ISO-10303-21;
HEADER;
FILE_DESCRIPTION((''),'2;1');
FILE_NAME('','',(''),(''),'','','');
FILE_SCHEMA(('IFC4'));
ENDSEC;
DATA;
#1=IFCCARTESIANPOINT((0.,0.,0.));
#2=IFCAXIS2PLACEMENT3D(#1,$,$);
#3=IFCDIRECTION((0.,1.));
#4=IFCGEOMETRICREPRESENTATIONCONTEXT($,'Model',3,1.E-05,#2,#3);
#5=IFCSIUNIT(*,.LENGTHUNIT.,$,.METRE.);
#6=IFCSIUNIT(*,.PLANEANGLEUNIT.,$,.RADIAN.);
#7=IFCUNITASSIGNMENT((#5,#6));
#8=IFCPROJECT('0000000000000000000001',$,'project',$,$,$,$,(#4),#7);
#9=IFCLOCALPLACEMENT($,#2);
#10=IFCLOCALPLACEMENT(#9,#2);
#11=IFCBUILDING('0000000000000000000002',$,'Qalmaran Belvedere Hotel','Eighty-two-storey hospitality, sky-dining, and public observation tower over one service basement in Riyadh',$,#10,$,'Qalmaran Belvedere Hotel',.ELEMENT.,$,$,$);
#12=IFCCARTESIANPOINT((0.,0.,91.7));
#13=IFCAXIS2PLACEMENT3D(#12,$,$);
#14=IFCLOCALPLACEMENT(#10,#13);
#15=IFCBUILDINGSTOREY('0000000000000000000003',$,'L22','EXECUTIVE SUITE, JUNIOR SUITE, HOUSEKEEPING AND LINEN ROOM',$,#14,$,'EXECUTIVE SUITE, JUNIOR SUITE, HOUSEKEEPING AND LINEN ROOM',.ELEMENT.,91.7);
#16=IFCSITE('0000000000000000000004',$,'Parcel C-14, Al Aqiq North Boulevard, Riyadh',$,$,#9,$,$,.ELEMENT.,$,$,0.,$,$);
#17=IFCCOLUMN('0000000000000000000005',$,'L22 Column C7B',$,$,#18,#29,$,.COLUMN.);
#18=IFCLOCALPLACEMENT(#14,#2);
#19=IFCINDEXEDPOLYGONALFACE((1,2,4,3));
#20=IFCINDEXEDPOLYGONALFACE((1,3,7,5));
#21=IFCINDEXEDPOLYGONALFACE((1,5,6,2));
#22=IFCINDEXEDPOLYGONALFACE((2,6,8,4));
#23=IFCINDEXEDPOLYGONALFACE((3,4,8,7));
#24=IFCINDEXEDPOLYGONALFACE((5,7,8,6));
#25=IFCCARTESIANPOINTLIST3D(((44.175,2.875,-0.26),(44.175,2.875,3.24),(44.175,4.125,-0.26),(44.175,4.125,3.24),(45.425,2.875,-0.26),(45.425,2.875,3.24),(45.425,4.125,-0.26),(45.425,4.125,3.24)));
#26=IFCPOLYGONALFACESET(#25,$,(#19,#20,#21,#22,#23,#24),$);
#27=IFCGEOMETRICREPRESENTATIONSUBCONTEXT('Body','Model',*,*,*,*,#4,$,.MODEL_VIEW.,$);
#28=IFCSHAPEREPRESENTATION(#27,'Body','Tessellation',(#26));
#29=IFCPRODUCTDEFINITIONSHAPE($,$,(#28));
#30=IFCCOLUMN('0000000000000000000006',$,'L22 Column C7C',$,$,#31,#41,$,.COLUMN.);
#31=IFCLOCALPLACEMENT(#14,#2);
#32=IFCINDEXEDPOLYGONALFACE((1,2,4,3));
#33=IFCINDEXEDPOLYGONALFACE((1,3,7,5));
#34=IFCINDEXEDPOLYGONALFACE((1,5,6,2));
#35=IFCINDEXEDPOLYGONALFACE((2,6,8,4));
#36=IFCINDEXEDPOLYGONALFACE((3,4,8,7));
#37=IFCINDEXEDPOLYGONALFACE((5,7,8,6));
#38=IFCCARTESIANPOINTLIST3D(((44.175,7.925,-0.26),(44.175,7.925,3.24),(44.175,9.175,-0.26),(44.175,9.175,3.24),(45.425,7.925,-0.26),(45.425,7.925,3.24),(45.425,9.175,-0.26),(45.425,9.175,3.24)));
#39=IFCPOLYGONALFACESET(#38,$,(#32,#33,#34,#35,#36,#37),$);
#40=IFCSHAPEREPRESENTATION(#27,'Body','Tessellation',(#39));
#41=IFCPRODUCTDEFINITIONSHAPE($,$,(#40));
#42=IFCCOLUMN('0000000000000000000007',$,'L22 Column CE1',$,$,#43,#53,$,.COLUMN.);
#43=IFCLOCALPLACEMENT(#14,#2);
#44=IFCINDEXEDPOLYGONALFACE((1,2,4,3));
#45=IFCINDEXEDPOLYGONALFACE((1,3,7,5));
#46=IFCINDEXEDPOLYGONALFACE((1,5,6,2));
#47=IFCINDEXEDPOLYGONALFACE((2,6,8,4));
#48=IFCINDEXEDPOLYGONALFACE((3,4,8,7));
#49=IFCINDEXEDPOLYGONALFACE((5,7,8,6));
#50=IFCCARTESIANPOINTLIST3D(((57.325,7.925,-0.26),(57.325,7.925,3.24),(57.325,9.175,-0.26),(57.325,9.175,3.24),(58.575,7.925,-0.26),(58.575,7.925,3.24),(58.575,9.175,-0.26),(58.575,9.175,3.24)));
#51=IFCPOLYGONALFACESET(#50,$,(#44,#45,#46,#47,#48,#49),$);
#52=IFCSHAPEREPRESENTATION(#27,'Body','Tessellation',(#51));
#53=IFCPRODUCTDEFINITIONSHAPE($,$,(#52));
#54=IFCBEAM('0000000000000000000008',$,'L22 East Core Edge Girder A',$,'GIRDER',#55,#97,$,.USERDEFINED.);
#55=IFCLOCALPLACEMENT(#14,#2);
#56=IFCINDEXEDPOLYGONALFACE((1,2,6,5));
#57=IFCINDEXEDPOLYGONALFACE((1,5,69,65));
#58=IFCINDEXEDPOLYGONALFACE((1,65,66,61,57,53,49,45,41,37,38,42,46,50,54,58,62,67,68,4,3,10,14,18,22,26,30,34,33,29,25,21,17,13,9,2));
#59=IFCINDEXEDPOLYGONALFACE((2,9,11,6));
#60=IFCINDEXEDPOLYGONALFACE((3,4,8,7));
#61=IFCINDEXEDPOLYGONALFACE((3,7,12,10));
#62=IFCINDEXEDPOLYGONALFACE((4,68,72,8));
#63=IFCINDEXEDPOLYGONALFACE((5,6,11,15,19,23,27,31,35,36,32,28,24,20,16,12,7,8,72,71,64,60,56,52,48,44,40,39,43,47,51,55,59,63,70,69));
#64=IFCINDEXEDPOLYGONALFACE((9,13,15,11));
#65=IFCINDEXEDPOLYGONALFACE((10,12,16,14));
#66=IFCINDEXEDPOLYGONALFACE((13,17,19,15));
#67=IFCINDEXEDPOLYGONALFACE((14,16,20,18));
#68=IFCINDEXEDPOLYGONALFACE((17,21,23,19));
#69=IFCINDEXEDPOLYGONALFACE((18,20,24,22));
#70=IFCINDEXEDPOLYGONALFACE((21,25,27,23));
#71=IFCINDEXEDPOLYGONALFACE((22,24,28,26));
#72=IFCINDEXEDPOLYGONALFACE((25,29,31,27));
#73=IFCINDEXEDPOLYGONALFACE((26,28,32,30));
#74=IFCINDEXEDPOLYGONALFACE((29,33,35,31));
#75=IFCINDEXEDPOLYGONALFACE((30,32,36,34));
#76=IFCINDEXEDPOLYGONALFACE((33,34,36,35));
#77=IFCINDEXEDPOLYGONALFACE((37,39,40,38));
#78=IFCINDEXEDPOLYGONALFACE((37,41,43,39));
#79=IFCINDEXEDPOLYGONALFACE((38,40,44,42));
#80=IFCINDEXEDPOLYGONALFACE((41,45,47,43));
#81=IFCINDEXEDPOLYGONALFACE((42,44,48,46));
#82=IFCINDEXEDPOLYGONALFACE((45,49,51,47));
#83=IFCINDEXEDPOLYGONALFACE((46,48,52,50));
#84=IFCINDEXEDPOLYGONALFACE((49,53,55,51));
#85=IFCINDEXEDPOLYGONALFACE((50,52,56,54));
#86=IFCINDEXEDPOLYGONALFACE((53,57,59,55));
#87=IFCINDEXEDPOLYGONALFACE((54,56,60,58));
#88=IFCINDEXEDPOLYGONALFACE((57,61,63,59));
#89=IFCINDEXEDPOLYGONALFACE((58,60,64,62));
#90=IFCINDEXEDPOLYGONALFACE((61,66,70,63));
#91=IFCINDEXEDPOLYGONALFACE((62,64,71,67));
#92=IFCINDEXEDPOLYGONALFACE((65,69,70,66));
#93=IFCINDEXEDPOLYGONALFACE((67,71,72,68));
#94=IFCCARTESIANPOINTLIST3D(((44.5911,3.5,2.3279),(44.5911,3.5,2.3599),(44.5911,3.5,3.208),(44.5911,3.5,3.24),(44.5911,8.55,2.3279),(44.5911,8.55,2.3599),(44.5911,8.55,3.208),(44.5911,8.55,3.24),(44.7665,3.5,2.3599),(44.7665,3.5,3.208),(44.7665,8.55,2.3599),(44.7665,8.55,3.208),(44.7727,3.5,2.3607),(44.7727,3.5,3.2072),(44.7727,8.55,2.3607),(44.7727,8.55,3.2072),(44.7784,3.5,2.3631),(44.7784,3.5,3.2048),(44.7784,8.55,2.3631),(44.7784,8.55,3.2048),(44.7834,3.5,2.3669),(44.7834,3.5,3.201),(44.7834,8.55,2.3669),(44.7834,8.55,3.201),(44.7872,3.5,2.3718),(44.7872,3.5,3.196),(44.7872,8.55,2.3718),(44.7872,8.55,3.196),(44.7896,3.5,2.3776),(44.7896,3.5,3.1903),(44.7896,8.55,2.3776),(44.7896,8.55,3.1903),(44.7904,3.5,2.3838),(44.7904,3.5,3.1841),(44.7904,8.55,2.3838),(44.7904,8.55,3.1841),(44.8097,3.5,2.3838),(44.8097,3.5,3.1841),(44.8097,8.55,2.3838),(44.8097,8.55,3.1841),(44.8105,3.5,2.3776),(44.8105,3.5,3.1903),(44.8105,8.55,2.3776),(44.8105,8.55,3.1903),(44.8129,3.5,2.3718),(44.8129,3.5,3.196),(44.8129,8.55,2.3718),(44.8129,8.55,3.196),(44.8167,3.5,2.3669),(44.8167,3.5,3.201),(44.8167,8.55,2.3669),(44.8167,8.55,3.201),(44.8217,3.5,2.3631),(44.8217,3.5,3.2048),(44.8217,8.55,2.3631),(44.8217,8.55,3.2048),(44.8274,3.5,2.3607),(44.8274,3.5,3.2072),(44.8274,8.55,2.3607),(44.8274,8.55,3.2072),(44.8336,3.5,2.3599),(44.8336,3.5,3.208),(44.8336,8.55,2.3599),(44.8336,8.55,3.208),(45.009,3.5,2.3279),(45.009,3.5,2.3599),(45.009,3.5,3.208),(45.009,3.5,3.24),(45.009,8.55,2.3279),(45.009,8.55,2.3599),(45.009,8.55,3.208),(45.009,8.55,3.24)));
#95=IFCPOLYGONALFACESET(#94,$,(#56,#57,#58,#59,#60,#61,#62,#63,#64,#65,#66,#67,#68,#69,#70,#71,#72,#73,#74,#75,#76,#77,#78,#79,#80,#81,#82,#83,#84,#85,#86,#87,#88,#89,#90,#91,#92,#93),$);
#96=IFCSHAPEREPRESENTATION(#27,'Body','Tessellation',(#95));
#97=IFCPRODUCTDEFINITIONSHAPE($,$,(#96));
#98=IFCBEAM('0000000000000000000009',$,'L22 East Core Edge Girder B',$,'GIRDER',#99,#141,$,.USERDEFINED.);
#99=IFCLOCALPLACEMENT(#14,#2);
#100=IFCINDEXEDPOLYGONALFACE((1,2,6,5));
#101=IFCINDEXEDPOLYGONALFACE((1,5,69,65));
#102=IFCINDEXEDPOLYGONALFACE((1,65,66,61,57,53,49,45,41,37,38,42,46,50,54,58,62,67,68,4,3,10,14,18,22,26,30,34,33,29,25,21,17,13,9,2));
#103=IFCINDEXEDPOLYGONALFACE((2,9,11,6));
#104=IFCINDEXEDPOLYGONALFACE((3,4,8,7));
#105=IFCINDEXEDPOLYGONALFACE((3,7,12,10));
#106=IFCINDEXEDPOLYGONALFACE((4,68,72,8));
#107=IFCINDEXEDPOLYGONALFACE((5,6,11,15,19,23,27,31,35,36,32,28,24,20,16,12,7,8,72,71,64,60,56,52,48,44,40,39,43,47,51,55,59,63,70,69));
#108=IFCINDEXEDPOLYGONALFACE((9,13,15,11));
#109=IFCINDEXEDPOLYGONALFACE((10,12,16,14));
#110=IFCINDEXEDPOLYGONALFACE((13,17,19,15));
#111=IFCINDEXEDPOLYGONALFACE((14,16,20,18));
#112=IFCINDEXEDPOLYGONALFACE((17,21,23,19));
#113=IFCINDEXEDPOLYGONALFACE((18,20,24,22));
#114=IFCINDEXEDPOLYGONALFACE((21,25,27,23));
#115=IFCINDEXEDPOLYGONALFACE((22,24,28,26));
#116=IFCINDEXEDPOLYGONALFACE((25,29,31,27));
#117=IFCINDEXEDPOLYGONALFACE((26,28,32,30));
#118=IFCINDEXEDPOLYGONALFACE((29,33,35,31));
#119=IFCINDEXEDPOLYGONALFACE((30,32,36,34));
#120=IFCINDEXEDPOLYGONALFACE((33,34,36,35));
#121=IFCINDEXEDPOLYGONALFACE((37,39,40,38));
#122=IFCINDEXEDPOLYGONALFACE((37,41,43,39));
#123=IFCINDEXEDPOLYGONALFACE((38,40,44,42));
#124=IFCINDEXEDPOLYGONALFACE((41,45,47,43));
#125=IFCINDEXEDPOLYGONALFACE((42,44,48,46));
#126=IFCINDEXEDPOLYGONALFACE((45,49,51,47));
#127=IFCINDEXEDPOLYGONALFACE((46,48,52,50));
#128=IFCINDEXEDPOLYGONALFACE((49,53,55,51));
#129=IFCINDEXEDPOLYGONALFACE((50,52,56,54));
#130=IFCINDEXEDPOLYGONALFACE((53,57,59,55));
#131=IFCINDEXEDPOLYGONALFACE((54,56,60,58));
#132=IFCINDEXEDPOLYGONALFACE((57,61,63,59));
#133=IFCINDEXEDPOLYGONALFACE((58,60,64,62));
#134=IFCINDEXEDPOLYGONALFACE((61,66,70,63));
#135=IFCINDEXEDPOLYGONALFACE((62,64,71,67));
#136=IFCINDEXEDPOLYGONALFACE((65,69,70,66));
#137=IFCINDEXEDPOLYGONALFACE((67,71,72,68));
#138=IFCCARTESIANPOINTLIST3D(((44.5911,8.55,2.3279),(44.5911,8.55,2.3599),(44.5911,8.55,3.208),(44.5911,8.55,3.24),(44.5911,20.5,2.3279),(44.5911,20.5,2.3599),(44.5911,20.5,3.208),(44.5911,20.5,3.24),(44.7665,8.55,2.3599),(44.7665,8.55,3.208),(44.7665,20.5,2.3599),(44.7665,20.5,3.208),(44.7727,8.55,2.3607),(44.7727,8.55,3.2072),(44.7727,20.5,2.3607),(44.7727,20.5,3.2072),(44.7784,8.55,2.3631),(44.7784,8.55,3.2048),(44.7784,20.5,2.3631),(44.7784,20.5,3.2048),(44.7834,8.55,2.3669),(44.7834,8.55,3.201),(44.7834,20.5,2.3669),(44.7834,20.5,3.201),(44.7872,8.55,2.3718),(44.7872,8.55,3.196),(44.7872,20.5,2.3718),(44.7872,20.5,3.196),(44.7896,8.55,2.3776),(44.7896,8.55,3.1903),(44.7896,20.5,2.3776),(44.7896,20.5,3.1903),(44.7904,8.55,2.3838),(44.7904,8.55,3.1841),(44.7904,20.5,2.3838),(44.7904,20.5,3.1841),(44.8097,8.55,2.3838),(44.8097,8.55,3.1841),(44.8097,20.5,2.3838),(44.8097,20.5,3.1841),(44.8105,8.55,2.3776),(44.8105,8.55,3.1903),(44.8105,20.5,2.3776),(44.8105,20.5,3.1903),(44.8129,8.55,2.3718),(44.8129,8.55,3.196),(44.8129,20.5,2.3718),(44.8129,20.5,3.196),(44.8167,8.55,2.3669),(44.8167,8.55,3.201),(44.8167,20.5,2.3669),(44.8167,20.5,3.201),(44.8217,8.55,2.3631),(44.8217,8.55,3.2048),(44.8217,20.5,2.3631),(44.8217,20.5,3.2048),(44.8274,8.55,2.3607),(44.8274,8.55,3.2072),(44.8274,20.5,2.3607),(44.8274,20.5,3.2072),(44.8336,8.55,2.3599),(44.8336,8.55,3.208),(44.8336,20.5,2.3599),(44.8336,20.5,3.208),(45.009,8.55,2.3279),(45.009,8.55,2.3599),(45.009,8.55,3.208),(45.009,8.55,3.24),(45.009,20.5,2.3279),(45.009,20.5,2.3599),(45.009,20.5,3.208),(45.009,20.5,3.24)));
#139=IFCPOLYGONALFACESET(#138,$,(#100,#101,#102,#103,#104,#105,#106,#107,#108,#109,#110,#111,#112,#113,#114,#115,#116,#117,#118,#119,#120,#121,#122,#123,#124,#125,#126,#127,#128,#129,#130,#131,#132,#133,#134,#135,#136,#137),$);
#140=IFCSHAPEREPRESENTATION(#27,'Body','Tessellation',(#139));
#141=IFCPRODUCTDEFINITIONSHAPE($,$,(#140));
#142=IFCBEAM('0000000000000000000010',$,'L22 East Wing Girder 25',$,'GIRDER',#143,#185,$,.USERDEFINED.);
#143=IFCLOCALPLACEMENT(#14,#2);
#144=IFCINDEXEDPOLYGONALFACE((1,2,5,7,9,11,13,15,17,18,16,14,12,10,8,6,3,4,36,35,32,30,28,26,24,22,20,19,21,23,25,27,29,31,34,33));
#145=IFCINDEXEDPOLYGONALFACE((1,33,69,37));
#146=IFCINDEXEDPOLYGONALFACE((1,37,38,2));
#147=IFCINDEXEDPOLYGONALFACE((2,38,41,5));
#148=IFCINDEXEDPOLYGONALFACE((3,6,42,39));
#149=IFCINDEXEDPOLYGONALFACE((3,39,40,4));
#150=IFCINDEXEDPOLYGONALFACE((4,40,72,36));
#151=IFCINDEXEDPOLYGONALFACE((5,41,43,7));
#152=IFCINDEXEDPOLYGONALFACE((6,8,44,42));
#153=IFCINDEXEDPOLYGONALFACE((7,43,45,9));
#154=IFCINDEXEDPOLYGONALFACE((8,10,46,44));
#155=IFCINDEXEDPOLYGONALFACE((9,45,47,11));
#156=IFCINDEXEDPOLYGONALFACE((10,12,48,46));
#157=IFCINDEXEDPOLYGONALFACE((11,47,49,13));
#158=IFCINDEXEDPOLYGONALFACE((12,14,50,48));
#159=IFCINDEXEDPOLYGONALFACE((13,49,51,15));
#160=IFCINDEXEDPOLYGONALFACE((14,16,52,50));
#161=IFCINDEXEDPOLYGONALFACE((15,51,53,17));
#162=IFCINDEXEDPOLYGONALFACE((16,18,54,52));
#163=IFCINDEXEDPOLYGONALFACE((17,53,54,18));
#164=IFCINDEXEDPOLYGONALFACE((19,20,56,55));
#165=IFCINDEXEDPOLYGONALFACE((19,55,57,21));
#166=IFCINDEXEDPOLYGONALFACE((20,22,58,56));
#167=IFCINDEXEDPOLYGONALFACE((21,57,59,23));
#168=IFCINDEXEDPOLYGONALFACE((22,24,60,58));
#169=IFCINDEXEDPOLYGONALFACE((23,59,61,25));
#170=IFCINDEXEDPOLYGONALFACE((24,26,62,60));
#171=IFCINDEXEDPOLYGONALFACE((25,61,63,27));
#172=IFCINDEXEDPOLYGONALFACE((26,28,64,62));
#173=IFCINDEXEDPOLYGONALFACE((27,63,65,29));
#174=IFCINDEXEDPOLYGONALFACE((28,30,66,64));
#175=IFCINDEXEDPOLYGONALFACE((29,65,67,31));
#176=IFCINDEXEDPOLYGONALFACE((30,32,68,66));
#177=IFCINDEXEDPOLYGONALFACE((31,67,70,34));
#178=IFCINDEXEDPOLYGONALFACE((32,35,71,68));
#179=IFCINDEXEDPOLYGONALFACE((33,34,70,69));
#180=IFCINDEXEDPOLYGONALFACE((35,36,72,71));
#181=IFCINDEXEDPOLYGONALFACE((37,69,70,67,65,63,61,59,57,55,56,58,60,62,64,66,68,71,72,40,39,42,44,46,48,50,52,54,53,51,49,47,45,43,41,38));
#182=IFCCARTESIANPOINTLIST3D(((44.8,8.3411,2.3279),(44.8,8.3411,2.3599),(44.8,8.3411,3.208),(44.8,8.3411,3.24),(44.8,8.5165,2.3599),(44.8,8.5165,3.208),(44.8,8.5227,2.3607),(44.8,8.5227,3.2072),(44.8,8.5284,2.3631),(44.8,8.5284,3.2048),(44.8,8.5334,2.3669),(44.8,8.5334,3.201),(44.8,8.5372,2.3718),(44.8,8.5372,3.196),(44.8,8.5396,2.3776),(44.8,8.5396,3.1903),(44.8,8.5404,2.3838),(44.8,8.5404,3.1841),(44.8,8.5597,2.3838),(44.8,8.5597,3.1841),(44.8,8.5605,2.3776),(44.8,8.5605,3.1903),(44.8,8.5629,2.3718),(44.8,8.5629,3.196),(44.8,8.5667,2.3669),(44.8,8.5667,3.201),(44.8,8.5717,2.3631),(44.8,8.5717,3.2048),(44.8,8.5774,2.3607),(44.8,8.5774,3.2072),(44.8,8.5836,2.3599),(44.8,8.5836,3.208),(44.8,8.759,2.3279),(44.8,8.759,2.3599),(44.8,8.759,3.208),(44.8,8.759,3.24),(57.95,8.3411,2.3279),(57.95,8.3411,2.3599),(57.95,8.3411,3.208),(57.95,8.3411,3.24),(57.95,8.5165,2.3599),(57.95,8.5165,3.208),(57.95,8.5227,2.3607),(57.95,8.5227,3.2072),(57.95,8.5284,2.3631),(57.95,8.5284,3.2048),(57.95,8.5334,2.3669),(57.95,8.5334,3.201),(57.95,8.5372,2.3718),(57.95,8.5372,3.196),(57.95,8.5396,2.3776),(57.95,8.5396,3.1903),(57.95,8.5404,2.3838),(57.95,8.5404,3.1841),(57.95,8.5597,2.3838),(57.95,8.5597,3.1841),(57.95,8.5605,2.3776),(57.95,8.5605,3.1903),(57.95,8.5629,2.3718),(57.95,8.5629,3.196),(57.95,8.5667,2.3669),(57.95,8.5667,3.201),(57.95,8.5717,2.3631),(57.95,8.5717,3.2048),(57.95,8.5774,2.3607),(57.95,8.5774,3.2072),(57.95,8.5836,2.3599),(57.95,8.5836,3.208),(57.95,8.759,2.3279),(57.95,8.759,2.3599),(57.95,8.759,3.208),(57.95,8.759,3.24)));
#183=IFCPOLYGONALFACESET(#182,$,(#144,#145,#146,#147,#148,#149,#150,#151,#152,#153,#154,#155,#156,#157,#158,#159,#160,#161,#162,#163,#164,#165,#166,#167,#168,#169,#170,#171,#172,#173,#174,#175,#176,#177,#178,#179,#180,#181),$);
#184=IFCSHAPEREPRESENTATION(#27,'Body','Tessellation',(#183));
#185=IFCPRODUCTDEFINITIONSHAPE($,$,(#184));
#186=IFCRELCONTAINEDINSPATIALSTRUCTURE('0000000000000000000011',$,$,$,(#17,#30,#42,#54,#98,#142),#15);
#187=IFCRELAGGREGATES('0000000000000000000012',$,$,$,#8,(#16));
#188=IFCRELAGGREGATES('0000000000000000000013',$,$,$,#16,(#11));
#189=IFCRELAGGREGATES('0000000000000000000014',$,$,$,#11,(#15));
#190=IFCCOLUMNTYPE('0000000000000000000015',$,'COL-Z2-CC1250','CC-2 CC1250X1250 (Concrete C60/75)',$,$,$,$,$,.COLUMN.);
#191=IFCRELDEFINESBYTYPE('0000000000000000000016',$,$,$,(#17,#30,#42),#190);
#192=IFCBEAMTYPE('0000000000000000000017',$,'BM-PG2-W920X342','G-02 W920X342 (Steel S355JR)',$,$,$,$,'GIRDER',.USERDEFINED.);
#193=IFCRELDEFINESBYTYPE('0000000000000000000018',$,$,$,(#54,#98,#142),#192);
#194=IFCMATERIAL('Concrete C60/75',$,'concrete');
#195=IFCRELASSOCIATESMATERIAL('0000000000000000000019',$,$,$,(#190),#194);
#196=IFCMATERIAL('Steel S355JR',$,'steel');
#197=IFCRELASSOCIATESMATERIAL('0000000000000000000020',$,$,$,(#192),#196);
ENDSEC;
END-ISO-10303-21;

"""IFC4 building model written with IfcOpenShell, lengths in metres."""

from ifc_helpers import new_model, si_unit, direction, frame, origin, origin_2d, place, context, subcontext, project, spatial, rectangle, i_section, extrude, material, material_profile, profile_set, type_object, element, save


model = new_model("IFC4")

# Units and contexts
model_context = context("Model", 3, precision=1e-05, world=origin(), true_north=direction((0.0, 1.0)))
body_context = subcontext(model_context, "Body", "Model", "MODEL_VIEW")
ifc_project = project(units=[si_unit("LENGTHUNIT", "METRE"), si_unit("PLANEANGLEUNIT", "RADIAN")], contexts=[model_context])

# Site, building, storey
site_placement = place(None, origin())
site = spatial("IfcSite", under=ifc_project, at=site_placement, Name="Parcel C-14, Al Aqiq North Boulevard, Riyadh", CompositionType="ELEMENT", RefElevation=0.0)
building_placement = place(site_placement, origin())
building = spatial("IfcBuilding", under=site, at=building_placement, Name="Qalmaran Belvedere Hotel", Description="Eighty-two-storey hospitality, sky-dining, and public observation tower over one service basement in Riyadh", LongName="Qalmaran Belvedere Hotel", CompositionType="ELEMENT")
storey_placement = place(building_placement, frame((0.0, 0.0, 91.7)))
storey = spatial("IfcBuildingStorey", under=building, at=storey_placement, Name="L22", Description="EXECUTIVE SUITE, JUNIOR SUITE, HOUSEKEEPING AND LINEN ROOM", LongName="EXECUTIVE SUITE, JUNIOR SUITE, HOUSEKEEPING AND LINEN ROOM", CompositionType="ELEMENT", Elevation=91.7)

# Columns
ifc_material_1 = material(Name="Concrete C60/75", Category="concrete")
ifc_material_profile_1 = material_profile(ifc_material_1, rectangle(XDim=1.25, YDim=1.25, at=origin_2d()), Name="CC1250X1250")
ifc_profile_set_1 = profile_set([ifc_material_profile_1], Name="Concrete C60/75")
column_type = type_object("IfcColumnType", Name="COL-Z2-CC1250", Description="CC-2 CC1250X1250 (Concrete C60/75)", PredefinedType="COLUMN", material=ifc_profile_set_1)
for number, where, z_axis, x_axis, name in (
    (1, (44.8, 3.5, -0.26), (0.0, 0.0, 1.0), (1.0, 0.0, 0.0), "L22 Column C7B"),
    (2, (44.8, 8.55, -0.26), (0.0, 0.0, 1.0), (1.0, 0.0, 0.0), "L22 Column C7C"),
    (3, (57.95, 8.55, -0.26), (0.0, 0.0, 1.0), (1.0, 0.0, 0.0), "L22 Column CE1"),
):
    element("IfcColumn", number, at=place(storey_placement, frame(where, z_axis=z_axis, x_axis=x_axis)), inside=storey, type_object=column_type, Name=name, PredefinedType="COLUMN", context=body_context, shape_type="SweptSolid", body=[
        extrude(rectangle(XDim=1.25, YDim=1.25, at=origin_2d()), origin(), (0.0, 0.0, 1.0), 3.5),
    ])

# Beams
ifc_material_2 = material(Name="Steel S355JR", Category="steel")
ifc_material_profile_2 = material_profile(ifc_material_2, i_section(OverallWidth=0.418, OverallDepth=0.9121, WebThickness=0.0193, FlangeThickness=0.032, FilletRadius=0.0239, at=origin_2d()), Name="W920X342")
ifc_profile_set_2 = profile_set([ifc_material_profile_2], Name="Steel S355JR")
beam_type_1 = type_object("IfcBeamType", Name="BM-PG2-W920X342", Description="G-02 W920X342 (Steel S355JR)", ElementType="GIRDER", PredefinedType="USERDEFINED", material=ifc_profile_set_2)
beam_1_placement = place(storey_placement, frame((44.8, 3.5, 2.7839), z_axis=(0.0, 1.0, 0.0), x_axis=(-1.0, 0.0, 0.0)))
element("IfcBeam", 4, at=beam_1_placement, inside=storey, type_object=beam_type_1, Name="L22 East Core Edge Girder A", ObjectType="GIRDER", PredefinedType="USERDEFINED", context=body_context, shape_type="SweptSolid", body=[
    extrude(i_section(OverallWidth=0.418, OverallDepth=0.9121, WebThickness=0.0193, FlangeThickness=0.032, FilletRadius=0.0239, at=origin_2d()), origin(), (0.0, 0.0, 1.0), 5.05),
])
beam_2_placement = place(storey_placement, frame((44.8, 8.55, 2.7839), z_axis=(0.0, 1.0, 0.0), x_axis=(-1.0, 0.0, 0.0)))
element("IfcBeam", 5, at=beam_2_placement, inside=storey, type_object=beam_type_1, Name="L22 East Core Edge Girder B", ObjectType="GIRDER", PredefinedType="USERDEFINED", context=body_context, shape_type="SweptSolid", body=[
    extrude(i_section(OverallWidth=0.418, OverallDepth=0.9121, WebThickness=0.0193, FlangeThickness=0.032, FilletRadius=0.0239, at=origin_2d()), origin(), (0.0, 0.0, 1.0), 11.95),
])
beam_3_placement = place(storey_placement, frame((44.8, 8.55, 2.7839), z_axis=(1.0, 0.0, 0.0), x_axis=(0.0, 1.0, 0.0)))
element("IfcBeam", 6, at=beam_3_placement, inside=storey, type_object=beam_type_1, Name="L22 East Wing Girder 25", ObjectType="GIRDER", PredefinedType="USERDEFINED", context=body_context, shape_type="SweptSolid", body=[
    extrude(i_section(OverallWidth=0.418, OverallDepth=0.9121, WebThickness=0.0193, FlangeThickness=0.032, FilletRadius=0.0239, at=origin_2d()), origin(), (0.0, 0.0, 1.0), 13.1499),
])

save(model, "model.ifc")
